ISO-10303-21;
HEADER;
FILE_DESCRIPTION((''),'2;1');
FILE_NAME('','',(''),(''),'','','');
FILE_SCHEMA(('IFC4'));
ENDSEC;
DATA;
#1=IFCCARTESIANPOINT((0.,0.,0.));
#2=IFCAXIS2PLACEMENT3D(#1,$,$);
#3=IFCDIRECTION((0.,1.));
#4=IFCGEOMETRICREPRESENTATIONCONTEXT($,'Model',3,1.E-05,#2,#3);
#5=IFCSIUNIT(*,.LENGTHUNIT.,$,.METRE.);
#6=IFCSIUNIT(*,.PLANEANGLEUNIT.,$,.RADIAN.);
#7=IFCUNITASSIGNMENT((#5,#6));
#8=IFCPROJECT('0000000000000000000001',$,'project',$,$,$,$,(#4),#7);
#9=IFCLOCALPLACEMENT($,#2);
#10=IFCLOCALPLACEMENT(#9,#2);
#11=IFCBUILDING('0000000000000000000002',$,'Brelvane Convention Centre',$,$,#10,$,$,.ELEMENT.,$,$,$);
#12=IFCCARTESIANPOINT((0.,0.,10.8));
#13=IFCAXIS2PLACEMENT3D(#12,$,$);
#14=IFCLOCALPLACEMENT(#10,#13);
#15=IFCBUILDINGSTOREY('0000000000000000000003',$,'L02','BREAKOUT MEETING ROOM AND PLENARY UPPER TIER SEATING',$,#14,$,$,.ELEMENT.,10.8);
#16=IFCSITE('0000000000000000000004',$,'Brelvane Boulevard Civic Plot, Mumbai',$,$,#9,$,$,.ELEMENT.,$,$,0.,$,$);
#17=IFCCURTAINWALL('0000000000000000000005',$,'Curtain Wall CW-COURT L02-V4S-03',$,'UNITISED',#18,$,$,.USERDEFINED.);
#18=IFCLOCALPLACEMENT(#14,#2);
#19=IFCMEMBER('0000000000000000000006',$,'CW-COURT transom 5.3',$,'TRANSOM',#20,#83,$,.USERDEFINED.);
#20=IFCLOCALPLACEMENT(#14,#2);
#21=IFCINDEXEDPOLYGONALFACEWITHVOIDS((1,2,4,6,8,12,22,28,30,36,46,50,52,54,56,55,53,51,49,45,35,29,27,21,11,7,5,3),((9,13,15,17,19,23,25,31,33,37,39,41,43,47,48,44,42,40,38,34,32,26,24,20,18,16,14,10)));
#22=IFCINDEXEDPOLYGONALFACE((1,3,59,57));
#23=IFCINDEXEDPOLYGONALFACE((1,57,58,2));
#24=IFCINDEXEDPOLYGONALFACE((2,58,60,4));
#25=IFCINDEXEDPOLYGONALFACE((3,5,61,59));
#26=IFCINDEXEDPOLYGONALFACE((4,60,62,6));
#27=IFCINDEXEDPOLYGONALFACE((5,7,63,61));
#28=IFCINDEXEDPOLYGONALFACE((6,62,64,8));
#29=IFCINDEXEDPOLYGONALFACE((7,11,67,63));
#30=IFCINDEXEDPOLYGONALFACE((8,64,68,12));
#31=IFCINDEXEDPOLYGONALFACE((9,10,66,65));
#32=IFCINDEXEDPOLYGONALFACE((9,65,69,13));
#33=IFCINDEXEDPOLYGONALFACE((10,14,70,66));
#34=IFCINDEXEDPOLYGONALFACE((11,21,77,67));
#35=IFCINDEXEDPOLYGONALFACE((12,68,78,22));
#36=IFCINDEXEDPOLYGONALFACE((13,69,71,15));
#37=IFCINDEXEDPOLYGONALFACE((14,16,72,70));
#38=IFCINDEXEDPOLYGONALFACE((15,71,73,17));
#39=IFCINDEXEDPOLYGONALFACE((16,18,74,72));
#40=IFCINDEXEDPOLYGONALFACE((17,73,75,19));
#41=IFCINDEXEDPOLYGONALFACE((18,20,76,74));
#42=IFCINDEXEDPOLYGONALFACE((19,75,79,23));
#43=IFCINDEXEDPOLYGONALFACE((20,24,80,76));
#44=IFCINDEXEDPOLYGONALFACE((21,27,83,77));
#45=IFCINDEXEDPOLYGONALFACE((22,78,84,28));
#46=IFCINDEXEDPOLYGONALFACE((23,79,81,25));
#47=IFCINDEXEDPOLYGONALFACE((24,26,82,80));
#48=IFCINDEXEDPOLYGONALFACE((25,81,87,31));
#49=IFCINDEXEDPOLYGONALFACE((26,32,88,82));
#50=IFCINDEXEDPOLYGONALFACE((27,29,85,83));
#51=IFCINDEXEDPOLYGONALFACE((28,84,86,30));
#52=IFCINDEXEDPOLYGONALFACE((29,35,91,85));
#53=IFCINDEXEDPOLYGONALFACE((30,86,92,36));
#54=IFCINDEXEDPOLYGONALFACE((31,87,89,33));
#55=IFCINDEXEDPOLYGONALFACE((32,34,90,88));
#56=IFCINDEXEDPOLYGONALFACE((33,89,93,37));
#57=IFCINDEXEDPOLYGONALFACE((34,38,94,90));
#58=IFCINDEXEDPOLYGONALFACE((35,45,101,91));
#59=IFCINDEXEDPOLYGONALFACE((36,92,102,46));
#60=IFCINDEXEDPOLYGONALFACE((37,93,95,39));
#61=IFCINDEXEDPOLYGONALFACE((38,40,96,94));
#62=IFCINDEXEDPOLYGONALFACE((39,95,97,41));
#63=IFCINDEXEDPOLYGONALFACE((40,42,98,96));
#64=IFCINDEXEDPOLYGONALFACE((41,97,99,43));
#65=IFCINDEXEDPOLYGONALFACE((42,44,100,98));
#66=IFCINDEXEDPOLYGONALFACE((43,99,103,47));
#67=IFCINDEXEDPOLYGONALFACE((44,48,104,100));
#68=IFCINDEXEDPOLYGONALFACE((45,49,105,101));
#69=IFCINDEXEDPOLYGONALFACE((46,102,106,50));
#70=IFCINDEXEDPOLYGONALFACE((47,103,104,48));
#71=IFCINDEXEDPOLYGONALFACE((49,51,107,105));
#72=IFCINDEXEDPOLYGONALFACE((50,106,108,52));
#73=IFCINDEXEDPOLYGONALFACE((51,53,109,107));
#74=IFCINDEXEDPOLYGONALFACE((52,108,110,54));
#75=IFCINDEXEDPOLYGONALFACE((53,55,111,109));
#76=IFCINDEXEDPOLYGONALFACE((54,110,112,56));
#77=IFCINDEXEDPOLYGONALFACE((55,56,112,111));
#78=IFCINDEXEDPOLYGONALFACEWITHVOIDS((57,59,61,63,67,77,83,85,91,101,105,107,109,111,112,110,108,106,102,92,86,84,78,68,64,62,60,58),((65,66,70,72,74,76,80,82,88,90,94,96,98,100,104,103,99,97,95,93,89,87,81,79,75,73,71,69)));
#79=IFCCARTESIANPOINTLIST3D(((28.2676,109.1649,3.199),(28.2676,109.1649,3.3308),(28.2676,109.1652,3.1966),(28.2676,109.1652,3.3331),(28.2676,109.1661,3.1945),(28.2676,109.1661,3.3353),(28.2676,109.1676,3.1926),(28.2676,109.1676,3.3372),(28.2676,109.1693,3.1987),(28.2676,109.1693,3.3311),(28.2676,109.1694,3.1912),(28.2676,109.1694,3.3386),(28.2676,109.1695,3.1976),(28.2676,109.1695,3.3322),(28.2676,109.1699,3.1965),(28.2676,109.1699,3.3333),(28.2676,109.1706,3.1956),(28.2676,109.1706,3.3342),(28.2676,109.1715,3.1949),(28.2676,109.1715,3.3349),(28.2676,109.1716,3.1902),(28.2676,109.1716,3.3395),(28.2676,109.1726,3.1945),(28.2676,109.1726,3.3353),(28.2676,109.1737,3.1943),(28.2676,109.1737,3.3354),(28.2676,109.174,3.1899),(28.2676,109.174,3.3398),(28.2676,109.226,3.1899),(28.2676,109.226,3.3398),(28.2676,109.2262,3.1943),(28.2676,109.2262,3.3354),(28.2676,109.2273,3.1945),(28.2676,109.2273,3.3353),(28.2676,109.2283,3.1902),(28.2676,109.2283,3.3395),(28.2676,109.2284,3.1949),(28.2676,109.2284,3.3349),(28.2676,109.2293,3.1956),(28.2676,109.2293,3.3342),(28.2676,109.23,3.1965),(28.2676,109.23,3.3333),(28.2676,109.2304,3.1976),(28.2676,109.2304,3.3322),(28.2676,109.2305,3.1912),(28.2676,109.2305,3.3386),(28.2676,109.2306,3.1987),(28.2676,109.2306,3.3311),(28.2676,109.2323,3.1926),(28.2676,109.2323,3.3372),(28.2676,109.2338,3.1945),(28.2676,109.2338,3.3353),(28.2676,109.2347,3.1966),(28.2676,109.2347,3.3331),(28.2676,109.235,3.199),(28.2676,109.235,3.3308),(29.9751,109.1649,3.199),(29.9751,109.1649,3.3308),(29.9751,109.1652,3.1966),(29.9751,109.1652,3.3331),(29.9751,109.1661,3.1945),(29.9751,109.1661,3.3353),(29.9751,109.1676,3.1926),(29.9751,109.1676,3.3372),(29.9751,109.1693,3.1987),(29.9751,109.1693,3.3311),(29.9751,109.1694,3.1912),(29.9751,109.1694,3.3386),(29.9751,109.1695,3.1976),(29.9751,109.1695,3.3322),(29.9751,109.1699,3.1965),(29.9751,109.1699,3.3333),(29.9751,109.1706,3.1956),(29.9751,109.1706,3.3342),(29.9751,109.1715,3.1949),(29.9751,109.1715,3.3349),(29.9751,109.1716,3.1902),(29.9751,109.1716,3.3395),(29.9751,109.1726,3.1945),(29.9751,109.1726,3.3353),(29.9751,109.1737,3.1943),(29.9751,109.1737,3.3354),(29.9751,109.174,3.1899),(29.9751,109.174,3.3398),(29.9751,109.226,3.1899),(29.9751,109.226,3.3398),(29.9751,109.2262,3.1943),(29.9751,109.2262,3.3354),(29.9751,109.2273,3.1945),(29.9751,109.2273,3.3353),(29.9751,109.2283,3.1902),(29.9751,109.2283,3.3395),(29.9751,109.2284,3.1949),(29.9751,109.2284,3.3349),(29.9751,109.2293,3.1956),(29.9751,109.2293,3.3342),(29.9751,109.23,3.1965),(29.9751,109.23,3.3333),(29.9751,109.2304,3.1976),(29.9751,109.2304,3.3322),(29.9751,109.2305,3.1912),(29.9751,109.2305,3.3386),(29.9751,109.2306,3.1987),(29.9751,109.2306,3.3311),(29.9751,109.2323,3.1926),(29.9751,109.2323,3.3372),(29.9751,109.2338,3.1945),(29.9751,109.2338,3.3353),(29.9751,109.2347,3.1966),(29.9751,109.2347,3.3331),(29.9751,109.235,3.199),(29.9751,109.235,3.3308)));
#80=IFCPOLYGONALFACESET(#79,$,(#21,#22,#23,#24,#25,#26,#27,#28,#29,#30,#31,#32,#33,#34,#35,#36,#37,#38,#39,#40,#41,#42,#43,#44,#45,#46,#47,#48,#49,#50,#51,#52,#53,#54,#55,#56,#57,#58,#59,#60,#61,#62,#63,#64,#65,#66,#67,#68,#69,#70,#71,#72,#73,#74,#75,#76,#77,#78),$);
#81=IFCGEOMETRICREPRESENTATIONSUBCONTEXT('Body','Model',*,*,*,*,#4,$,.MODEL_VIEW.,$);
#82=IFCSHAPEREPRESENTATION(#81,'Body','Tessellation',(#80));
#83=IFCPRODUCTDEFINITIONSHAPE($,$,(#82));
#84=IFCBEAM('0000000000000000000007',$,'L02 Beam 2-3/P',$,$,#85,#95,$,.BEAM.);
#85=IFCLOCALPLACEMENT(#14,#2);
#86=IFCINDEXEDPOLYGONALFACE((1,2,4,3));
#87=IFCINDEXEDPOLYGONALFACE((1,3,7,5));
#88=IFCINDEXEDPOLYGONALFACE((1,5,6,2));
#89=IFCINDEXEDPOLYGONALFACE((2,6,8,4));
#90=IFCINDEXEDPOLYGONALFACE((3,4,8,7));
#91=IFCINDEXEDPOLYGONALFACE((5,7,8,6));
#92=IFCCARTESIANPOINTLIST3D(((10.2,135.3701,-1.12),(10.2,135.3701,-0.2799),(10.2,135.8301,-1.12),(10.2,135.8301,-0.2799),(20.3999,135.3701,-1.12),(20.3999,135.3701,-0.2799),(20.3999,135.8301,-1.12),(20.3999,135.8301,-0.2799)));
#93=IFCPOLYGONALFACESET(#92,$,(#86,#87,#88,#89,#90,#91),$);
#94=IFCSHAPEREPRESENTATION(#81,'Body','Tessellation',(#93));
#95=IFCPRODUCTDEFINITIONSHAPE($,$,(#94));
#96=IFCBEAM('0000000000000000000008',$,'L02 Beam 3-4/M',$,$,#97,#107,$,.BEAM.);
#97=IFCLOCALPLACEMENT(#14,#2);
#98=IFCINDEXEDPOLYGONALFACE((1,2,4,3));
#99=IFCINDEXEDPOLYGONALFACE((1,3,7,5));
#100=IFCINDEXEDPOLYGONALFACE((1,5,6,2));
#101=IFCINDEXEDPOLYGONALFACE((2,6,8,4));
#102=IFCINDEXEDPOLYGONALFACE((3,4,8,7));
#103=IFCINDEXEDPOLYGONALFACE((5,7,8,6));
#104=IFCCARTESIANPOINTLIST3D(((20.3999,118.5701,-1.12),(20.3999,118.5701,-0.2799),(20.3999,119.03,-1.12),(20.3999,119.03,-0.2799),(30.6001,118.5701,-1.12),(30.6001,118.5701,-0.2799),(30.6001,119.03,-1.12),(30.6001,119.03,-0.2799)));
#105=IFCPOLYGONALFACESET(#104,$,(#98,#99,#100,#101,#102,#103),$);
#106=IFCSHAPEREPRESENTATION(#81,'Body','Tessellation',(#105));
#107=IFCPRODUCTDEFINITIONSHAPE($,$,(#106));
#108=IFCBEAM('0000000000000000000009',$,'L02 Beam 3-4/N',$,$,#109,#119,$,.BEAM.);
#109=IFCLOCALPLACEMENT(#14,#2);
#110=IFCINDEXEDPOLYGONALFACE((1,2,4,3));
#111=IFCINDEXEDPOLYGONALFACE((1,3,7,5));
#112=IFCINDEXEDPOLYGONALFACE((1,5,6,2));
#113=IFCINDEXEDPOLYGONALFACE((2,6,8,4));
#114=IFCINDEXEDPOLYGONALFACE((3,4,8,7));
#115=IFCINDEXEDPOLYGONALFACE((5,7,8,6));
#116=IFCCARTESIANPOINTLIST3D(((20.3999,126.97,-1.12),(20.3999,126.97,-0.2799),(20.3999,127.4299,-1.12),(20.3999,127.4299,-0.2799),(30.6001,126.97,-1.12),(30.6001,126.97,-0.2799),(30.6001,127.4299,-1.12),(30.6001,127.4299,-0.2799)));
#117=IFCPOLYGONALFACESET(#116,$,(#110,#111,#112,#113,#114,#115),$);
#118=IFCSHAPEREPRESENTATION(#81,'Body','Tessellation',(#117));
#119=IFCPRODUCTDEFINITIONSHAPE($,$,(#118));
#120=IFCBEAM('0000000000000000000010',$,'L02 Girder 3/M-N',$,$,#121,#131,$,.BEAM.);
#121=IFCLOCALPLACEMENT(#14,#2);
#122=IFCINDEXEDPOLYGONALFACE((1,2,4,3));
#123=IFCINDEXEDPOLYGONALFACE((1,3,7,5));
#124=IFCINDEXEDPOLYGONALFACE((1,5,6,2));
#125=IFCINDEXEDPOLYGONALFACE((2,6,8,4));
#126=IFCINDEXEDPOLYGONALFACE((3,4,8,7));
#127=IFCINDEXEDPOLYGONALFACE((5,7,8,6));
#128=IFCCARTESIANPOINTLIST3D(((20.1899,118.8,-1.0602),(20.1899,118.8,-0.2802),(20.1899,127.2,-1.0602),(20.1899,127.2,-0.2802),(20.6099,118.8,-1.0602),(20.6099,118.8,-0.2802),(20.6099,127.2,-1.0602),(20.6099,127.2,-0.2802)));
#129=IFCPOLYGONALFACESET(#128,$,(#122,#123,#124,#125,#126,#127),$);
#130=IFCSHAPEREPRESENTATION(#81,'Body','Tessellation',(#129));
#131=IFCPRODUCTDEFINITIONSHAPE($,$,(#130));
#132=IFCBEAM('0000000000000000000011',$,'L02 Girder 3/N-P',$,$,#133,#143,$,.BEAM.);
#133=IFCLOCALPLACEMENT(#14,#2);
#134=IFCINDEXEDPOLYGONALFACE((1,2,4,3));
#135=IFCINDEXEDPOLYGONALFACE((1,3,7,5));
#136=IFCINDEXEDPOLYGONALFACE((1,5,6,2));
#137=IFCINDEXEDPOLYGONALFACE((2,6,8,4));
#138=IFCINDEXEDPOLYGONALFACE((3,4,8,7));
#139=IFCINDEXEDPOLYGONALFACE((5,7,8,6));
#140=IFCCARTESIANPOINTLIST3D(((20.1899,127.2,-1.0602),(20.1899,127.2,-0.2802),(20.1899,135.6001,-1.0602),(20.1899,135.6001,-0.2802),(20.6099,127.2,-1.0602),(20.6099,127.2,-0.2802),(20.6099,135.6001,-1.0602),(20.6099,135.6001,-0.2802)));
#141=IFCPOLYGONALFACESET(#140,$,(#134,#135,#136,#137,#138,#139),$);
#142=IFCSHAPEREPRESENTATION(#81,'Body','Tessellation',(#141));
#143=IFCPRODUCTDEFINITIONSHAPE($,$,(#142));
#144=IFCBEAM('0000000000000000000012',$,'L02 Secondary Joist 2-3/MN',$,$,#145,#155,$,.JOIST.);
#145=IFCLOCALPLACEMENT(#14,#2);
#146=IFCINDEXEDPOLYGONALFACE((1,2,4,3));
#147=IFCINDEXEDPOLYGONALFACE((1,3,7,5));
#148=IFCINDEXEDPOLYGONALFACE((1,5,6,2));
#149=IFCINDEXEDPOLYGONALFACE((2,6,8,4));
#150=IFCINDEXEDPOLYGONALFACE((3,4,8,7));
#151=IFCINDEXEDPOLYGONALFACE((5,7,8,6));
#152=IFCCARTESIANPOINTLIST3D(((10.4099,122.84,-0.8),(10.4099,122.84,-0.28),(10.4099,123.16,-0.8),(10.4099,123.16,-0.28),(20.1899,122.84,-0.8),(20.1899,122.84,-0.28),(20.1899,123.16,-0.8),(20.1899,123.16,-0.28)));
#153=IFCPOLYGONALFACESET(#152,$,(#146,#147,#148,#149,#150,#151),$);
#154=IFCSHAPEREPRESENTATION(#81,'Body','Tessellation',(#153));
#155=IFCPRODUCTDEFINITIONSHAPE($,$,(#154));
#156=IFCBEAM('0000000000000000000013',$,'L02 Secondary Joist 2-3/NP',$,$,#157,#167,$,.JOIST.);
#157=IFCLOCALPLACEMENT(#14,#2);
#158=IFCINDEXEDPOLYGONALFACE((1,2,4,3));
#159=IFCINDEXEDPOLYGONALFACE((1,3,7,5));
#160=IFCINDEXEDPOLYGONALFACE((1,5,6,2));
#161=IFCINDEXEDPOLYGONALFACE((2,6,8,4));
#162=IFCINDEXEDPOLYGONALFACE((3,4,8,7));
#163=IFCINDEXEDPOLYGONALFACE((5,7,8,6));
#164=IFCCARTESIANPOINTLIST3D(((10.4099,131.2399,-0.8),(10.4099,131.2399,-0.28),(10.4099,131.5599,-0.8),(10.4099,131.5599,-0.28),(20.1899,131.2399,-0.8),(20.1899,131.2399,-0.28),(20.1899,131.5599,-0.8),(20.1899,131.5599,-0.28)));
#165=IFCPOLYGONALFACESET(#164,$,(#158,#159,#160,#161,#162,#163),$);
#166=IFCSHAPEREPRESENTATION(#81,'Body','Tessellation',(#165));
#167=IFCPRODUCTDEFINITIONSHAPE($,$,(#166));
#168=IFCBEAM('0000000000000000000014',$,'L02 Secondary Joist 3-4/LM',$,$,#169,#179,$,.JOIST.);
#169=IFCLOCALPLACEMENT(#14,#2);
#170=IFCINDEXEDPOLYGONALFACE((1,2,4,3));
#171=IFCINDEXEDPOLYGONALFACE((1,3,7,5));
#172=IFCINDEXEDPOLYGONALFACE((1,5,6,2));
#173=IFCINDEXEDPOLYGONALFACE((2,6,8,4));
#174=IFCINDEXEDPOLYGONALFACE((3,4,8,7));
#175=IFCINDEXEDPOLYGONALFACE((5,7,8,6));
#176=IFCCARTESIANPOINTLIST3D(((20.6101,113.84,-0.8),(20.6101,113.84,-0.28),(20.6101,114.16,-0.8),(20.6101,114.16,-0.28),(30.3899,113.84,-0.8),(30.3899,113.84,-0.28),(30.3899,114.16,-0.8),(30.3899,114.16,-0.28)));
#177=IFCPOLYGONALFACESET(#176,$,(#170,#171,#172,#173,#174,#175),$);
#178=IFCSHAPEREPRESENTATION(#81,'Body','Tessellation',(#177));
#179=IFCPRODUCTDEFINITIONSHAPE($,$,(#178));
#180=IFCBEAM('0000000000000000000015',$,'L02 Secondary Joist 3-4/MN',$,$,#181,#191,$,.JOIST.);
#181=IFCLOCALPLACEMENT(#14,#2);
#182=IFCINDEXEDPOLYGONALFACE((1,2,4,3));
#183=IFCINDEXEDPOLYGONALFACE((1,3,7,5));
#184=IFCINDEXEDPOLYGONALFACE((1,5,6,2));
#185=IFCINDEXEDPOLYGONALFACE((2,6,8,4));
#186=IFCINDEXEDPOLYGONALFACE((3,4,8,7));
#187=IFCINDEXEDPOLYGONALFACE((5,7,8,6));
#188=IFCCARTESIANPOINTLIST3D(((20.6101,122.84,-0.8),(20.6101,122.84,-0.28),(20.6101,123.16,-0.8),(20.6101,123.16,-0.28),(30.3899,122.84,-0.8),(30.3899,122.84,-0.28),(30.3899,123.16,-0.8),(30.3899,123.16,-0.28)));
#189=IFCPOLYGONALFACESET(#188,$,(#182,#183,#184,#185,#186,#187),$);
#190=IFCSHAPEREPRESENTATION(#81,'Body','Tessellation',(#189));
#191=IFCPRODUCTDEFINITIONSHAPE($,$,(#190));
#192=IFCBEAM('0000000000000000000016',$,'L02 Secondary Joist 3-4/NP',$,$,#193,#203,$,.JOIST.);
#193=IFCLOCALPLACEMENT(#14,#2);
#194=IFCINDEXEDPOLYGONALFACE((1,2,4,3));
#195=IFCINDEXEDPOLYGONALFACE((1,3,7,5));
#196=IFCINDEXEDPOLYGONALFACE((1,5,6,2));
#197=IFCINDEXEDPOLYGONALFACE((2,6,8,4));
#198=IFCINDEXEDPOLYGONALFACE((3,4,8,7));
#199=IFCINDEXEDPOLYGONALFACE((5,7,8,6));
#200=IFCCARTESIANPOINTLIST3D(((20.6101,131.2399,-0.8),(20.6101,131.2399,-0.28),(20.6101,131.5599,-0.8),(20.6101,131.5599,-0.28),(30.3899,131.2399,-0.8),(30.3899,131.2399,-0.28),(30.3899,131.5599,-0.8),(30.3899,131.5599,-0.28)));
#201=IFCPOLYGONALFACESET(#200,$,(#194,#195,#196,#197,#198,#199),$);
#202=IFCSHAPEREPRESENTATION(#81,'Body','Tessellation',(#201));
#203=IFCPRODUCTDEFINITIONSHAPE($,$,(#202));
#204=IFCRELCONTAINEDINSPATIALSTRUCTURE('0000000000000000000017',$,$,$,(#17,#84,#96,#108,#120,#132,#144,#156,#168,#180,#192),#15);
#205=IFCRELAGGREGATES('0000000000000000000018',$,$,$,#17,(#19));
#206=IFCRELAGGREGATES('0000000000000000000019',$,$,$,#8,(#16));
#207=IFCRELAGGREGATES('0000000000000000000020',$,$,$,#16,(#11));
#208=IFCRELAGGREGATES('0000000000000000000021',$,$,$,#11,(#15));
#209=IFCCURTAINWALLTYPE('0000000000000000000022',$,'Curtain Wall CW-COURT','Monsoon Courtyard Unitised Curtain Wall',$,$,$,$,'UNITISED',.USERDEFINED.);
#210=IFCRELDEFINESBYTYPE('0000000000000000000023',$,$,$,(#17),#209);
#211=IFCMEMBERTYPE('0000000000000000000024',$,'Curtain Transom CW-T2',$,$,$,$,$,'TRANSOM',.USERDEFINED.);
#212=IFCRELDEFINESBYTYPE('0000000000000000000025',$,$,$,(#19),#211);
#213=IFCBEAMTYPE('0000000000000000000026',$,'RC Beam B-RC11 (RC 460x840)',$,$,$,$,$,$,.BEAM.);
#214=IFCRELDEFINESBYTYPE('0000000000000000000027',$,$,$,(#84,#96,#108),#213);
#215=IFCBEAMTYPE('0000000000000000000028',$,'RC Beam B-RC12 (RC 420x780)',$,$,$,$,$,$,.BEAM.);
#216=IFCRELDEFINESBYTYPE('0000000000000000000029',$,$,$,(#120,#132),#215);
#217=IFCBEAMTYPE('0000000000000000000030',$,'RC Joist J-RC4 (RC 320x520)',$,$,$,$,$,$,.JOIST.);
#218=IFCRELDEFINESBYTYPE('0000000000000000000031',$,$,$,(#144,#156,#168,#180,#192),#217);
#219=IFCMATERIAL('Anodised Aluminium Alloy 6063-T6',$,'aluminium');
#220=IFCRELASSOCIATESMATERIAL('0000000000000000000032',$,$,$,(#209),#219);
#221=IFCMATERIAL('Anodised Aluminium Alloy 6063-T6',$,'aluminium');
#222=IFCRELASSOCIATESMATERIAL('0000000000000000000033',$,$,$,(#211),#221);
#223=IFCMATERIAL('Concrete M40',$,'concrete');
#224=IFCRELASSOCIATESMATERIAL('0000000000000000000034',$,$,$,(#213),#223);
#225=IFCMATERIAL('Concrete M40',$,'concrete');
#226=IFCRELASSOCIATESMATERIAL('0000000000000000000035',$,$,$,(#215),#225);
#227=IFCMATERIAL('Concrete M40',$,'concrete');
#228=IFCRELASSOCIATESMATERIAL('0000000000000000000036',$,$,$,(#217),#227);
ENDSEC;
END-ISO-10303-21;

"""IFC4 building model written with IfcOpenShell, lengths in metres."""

from ifc_helpers import new_model, si_unit, direction, frame, origin, origin_2d, place, context, subcontext, project, spatial, rectangle, hollow_rectangle, extrude, material, material_profile, profile_set, type_object, element, aggregate, save


model = new_model("IFC4")

# Units and contexts
model_context = context("Model", 3, precision=1e-05, world=origin(), true_north=direction((0.0, 1.0)))
body_context = subcontext(model_context, "Body", "Model", "MODEL_VIEW")
ifc_project = project(units=[si_unit("LENGTHUNIT", "METRE"), si_unit("PLANEANGLEUNIT", "RADIAN")], contexts=[model_context])

# Site, building, storey
site_placement = place(None, origin())
site = spatial("IfcSite", under=ifc_project, at=site_placement, Name="Brelvane Boulevard Civic Plot, Mumbai", CompositionType="ELEMENT", RefElevation=0.0)
building_placement = place(site_placement, origin())
building = spatial("IfcBuilding", under=site, at=building_placement, Name="Brelvane Convention Centre", CompositionType="ELEMENT")
storey_placement = place(building_placement, frame((0.0, 0.0, 10.8)))
storey = spatial("IfcBuildingStorey", under=building, at=storey_placement, Name="L02", Description="BREAKOUT MEETING ROOM AND PLENARY UPPER TIER SEATING", CompositionType="ELEMENT", Elevation=10.8)

# Curtain wall, member
ifc_material_1 = material(Name="Anodised Aluminium Alloy 6063-T6", Category="aluminium")
curtain_wall_type = type_object("IfcCurtainWallType", Name="Curtain Wall CW-COURT", Description="Monsoon Courtyard Unitised Curtain Wall", ElementType="UNITISED", PredefinedType="USERDEFINED", material=ifc_material_1)
curtain_wall_placement = place(storey_placement, origin())
curtain_wall = element("IfcCurtainWall", 1, at=curtain_wall_placement, inside=storey, type_object=curtain_wall_type, Name="Curtain Wall CW-COURT L02-V4S-03", ObjectType="UNITISED", PredefinedType="USERDEFINED")
ifc_material_2 = material(Name="Anodised Aluminium Alloy 6063-T6", Category="aluminium")
ifc_material_profile_1 = material_profile(ifc_material_2, hollow_rectangle(XDim=0.0701, YDim=0.1499, WallThickness=0.0044, InnerFilletRadius=0.0044, OuterFilletRadius=0.009, at=origin_2d()), Name="ALU-T 150x70x4.5")
ifc_profile_set_1 = profile_set([ifc_material_profile_1], Name="Anodised Aluminium Alloy 6063-T6")
member_type_1 = type_object("IfcMemberType", Name="Curtain Transom CW-T2", ElementType="TRANSOM", PredefinedType="USERDEFINED", material=ifc_profile_set_1)
member_1_placement = place(storey_placement, frame((28.2676, 109.2, 3.2649), z_axis=(1.0, 0.0, 0.0), x_axis=(0.0, 1.0, 0.0)))
member_1 = element("IfcMember", 2, at=member_1_placement, type_object=member_type_1, Name="CW-COURT transom 5.3", ObjectType="TRANSOM", PredefinedType="USERDEFINED", context=body_context, shape_type="SweptSolid", body=[
    extrude(hollow_rectangle(XDim=0.0701, YDim=0.1499, WallThickness=0.0044, InnerFilletRadius=0.0044, OuterFilletRadius=0.009, at=origin_2d()), origin(), (0.0, 0.0, 1.0), 1.7075),
])

# Beams
ifc_material_3 = material(Name="Concrete M40", Category="concrete")
ifc_material_profile_2 = material_profile(ifc_material_3, rectangle(XDim=0.46, YDim=0.8401, at=origin_2d()), Name="RC 460x840")
ifc_profile_set_2 = profile_set([ifc_material_profile_2], Name="Concrete M40")
beam_type_1 = type_object("IfcBeamType", Name="RC Beam B-RC11 (RC 460x840)", PredefinedType="BEAM", material=ifc_profile_set_2)
beam_1_placement = place(storey_placement, frame((10.2, 135.6001, -0.7), z_axis=(1.0, 0.0, 0.0), x_axis=(0.0, 1.0, 0.0)))
element("IfcBeam", 3, at=beam_1_placement, inside=storey, type_object=beam_type_1, Name="L02 Beam 2-3/P", PredefinedType="BEAM", context=body_context, shape_type="SweptSolid", body=[
    extrude(rectangle(XDim=0.46, YDim=0.8401, at=origin_2d()), origin(), (0.0, 0.0, 1.0), 10.2),
])
for number, where, z_axis, x_axis, name in (
    (4, (20.3999, 118.8, -0.7), (1.0, 0.0, 0.0), (0.0, 1.0, 0.0), "L02 Beam 3-4/M"),
    (5, (20.3999, 127.2, -0.7), (1.0, 0.0, 0.0), (0.0, 1.0, 0.0), "L02 Beam 3-4/N"),
):
    element("IfcBeam", number, at=place(storey_placement, frame(where, z_axis=z_axis, x_axis=x_axis)), inside=storey, type_object=beam_type_1, Name=name, PredefinedType="BEAM", context=body_context, shape_type="SweptSolid", body=[
        extrude(rectangle(XDim=0.46, YDim=0.8401, at=origin_2d()), origin(), (0.0, 0.0, 1.0), 10.2002),
    ])
ifc_material_4 = material(Name="Concrete M40", Category="concrete")
ifc_material_profile_3 = material_profile(ifc_material_4, rectangle(XDim=0.4199, YDim=0.78, at=origin_2d()), Name="RC 420x780")
ifc_profile_set_3 = profile_set([ifc_material_profile_3], Name="Concrete M40")
beam_type_2 = type_object("IfcBeamType", Name="RC Beam B-RC12 (RC 420x780)", PredefinedType="BEAM", material=ifc_profile_set_3)
beam_2_placement = place(storey_placement, frame((20.3999, 118.8, -0.6702), z_axis=(0.0, 1.0, 0.0), x_axis=(-1.0, 0.0, 0.0)))
element("IfcBeam", 6, at=beam_2_placement, inside=storey, type_object=beam_type_2, Name="L02 Girder 3/M-N", PredefinedType="BEAM", context=body_context, shape_type="SweptSolid", body=[
    extrude(rectangle(XDim=0.4199, YDim=0.78, at=origin_2d()), origin(), (0.0, 0.0, 1.0), 8.3999),
])
beam_3_placement = place(storey_placement, frame((20.3999, 127.2, -0.6702), z_axis=(0.0, 1.0, 0.0), x_axis=(-1.0, 0.0, 0.0)))
element("IfcBeam", 7, at=beam_3_placement, inside=storey, type_object=beam_type_2, Name="L02 Girder 3/N-P", PredefinedType="BEAM", context=body_context, shape_type="SweptSolid", body=[
    extrude(rectangle(XDim=0.4199, YDim=0.78, at=origin_2d()), origin(), (0.0, 0.0, 1.0), 8.4001),
])
ifc_material_5 = material(Name="Concrete M40", Category="concrete")
ifc_material_profile_4 = material_profile(ifc_material_5, rectangle(XDim=0.3201, YDim=0.52, at=origin_2d()), Name="RC 320x520")
ifc_profile_set_4 = profile_set([ifc_material_profile_4], Name="Concrete M40")
beam_type_3 = type_object("IfcBeamType", Name="RC Joist J-RC4 (RC 320x520)", PredefinedType="JOIST", material=ifc_profile_set_4)
for number, where, z_axis, x_axis, name in (
    (8, (10.4099, 123.0, -0.54), (1.0, 0.0, 0.0), (0.0, 1.0, 0.0), "L02 Secondary Joist 2-3/MN"),
    (9, (10.4099, 131.3999, -0.54), (1.0, 0.0, 0.0), (0.0, 1.0, 0.0), "L02 Secondary Joist 2-3/NP"),
):
    element("IfcBeam", number, at=place(storey_placement, frame(where, z_axis=z_axis, x_axis=x_axis)), inside=storey, type_object=beam_type_3, Name=name, PredefinedType="JOIST", context=body_context, shape_type="SweptSolid", body=[
        extrude(rectangle(XDim=0.3201, YDim=0.52, at=origin_2d()), origin(), (0.0, 0.0, 1.0), 9.78),
    ])
for number, where, z_axis, x_axis, name in (
    (10, (20.6101, 114.0, -0.54), (1.0, 0.0, 0.0), (0.0, 1.0, 0.0), "L02 Secondary Joist 3-4/LM"),
    (11, (20.6101, 123.0, -0.54), (1.0, 0.0, 0.0), (0.0, 1.0, 0.0), "L02 Secondary Joist 3-4/MN"),
    (12, (20.6101, 131.3999, -0.54), (1.0, 0.0, 0.0), (0.0, 1.0, 0.0), "L02 Secondary Joist 3-4/NP"),
):
    element("IfcBeam", number, at=place(storey_placement, frame(where, z_axis=z_axis, x_axis=x_axis)), inside=storey, type_object=beam_type_3, Name=name, PredefinedType="JOIST", context=body_context, shape_type="SweptSolid", body=[
        extrude(rectangle(XDim=0.3201, YDim=0.52, at=origin_2d()), origin(), (0.0, 0.0, 1.0), 9.7798),
    ])

aggregate(curtain_wall, [member_1])

save(model, "model.ifc")
